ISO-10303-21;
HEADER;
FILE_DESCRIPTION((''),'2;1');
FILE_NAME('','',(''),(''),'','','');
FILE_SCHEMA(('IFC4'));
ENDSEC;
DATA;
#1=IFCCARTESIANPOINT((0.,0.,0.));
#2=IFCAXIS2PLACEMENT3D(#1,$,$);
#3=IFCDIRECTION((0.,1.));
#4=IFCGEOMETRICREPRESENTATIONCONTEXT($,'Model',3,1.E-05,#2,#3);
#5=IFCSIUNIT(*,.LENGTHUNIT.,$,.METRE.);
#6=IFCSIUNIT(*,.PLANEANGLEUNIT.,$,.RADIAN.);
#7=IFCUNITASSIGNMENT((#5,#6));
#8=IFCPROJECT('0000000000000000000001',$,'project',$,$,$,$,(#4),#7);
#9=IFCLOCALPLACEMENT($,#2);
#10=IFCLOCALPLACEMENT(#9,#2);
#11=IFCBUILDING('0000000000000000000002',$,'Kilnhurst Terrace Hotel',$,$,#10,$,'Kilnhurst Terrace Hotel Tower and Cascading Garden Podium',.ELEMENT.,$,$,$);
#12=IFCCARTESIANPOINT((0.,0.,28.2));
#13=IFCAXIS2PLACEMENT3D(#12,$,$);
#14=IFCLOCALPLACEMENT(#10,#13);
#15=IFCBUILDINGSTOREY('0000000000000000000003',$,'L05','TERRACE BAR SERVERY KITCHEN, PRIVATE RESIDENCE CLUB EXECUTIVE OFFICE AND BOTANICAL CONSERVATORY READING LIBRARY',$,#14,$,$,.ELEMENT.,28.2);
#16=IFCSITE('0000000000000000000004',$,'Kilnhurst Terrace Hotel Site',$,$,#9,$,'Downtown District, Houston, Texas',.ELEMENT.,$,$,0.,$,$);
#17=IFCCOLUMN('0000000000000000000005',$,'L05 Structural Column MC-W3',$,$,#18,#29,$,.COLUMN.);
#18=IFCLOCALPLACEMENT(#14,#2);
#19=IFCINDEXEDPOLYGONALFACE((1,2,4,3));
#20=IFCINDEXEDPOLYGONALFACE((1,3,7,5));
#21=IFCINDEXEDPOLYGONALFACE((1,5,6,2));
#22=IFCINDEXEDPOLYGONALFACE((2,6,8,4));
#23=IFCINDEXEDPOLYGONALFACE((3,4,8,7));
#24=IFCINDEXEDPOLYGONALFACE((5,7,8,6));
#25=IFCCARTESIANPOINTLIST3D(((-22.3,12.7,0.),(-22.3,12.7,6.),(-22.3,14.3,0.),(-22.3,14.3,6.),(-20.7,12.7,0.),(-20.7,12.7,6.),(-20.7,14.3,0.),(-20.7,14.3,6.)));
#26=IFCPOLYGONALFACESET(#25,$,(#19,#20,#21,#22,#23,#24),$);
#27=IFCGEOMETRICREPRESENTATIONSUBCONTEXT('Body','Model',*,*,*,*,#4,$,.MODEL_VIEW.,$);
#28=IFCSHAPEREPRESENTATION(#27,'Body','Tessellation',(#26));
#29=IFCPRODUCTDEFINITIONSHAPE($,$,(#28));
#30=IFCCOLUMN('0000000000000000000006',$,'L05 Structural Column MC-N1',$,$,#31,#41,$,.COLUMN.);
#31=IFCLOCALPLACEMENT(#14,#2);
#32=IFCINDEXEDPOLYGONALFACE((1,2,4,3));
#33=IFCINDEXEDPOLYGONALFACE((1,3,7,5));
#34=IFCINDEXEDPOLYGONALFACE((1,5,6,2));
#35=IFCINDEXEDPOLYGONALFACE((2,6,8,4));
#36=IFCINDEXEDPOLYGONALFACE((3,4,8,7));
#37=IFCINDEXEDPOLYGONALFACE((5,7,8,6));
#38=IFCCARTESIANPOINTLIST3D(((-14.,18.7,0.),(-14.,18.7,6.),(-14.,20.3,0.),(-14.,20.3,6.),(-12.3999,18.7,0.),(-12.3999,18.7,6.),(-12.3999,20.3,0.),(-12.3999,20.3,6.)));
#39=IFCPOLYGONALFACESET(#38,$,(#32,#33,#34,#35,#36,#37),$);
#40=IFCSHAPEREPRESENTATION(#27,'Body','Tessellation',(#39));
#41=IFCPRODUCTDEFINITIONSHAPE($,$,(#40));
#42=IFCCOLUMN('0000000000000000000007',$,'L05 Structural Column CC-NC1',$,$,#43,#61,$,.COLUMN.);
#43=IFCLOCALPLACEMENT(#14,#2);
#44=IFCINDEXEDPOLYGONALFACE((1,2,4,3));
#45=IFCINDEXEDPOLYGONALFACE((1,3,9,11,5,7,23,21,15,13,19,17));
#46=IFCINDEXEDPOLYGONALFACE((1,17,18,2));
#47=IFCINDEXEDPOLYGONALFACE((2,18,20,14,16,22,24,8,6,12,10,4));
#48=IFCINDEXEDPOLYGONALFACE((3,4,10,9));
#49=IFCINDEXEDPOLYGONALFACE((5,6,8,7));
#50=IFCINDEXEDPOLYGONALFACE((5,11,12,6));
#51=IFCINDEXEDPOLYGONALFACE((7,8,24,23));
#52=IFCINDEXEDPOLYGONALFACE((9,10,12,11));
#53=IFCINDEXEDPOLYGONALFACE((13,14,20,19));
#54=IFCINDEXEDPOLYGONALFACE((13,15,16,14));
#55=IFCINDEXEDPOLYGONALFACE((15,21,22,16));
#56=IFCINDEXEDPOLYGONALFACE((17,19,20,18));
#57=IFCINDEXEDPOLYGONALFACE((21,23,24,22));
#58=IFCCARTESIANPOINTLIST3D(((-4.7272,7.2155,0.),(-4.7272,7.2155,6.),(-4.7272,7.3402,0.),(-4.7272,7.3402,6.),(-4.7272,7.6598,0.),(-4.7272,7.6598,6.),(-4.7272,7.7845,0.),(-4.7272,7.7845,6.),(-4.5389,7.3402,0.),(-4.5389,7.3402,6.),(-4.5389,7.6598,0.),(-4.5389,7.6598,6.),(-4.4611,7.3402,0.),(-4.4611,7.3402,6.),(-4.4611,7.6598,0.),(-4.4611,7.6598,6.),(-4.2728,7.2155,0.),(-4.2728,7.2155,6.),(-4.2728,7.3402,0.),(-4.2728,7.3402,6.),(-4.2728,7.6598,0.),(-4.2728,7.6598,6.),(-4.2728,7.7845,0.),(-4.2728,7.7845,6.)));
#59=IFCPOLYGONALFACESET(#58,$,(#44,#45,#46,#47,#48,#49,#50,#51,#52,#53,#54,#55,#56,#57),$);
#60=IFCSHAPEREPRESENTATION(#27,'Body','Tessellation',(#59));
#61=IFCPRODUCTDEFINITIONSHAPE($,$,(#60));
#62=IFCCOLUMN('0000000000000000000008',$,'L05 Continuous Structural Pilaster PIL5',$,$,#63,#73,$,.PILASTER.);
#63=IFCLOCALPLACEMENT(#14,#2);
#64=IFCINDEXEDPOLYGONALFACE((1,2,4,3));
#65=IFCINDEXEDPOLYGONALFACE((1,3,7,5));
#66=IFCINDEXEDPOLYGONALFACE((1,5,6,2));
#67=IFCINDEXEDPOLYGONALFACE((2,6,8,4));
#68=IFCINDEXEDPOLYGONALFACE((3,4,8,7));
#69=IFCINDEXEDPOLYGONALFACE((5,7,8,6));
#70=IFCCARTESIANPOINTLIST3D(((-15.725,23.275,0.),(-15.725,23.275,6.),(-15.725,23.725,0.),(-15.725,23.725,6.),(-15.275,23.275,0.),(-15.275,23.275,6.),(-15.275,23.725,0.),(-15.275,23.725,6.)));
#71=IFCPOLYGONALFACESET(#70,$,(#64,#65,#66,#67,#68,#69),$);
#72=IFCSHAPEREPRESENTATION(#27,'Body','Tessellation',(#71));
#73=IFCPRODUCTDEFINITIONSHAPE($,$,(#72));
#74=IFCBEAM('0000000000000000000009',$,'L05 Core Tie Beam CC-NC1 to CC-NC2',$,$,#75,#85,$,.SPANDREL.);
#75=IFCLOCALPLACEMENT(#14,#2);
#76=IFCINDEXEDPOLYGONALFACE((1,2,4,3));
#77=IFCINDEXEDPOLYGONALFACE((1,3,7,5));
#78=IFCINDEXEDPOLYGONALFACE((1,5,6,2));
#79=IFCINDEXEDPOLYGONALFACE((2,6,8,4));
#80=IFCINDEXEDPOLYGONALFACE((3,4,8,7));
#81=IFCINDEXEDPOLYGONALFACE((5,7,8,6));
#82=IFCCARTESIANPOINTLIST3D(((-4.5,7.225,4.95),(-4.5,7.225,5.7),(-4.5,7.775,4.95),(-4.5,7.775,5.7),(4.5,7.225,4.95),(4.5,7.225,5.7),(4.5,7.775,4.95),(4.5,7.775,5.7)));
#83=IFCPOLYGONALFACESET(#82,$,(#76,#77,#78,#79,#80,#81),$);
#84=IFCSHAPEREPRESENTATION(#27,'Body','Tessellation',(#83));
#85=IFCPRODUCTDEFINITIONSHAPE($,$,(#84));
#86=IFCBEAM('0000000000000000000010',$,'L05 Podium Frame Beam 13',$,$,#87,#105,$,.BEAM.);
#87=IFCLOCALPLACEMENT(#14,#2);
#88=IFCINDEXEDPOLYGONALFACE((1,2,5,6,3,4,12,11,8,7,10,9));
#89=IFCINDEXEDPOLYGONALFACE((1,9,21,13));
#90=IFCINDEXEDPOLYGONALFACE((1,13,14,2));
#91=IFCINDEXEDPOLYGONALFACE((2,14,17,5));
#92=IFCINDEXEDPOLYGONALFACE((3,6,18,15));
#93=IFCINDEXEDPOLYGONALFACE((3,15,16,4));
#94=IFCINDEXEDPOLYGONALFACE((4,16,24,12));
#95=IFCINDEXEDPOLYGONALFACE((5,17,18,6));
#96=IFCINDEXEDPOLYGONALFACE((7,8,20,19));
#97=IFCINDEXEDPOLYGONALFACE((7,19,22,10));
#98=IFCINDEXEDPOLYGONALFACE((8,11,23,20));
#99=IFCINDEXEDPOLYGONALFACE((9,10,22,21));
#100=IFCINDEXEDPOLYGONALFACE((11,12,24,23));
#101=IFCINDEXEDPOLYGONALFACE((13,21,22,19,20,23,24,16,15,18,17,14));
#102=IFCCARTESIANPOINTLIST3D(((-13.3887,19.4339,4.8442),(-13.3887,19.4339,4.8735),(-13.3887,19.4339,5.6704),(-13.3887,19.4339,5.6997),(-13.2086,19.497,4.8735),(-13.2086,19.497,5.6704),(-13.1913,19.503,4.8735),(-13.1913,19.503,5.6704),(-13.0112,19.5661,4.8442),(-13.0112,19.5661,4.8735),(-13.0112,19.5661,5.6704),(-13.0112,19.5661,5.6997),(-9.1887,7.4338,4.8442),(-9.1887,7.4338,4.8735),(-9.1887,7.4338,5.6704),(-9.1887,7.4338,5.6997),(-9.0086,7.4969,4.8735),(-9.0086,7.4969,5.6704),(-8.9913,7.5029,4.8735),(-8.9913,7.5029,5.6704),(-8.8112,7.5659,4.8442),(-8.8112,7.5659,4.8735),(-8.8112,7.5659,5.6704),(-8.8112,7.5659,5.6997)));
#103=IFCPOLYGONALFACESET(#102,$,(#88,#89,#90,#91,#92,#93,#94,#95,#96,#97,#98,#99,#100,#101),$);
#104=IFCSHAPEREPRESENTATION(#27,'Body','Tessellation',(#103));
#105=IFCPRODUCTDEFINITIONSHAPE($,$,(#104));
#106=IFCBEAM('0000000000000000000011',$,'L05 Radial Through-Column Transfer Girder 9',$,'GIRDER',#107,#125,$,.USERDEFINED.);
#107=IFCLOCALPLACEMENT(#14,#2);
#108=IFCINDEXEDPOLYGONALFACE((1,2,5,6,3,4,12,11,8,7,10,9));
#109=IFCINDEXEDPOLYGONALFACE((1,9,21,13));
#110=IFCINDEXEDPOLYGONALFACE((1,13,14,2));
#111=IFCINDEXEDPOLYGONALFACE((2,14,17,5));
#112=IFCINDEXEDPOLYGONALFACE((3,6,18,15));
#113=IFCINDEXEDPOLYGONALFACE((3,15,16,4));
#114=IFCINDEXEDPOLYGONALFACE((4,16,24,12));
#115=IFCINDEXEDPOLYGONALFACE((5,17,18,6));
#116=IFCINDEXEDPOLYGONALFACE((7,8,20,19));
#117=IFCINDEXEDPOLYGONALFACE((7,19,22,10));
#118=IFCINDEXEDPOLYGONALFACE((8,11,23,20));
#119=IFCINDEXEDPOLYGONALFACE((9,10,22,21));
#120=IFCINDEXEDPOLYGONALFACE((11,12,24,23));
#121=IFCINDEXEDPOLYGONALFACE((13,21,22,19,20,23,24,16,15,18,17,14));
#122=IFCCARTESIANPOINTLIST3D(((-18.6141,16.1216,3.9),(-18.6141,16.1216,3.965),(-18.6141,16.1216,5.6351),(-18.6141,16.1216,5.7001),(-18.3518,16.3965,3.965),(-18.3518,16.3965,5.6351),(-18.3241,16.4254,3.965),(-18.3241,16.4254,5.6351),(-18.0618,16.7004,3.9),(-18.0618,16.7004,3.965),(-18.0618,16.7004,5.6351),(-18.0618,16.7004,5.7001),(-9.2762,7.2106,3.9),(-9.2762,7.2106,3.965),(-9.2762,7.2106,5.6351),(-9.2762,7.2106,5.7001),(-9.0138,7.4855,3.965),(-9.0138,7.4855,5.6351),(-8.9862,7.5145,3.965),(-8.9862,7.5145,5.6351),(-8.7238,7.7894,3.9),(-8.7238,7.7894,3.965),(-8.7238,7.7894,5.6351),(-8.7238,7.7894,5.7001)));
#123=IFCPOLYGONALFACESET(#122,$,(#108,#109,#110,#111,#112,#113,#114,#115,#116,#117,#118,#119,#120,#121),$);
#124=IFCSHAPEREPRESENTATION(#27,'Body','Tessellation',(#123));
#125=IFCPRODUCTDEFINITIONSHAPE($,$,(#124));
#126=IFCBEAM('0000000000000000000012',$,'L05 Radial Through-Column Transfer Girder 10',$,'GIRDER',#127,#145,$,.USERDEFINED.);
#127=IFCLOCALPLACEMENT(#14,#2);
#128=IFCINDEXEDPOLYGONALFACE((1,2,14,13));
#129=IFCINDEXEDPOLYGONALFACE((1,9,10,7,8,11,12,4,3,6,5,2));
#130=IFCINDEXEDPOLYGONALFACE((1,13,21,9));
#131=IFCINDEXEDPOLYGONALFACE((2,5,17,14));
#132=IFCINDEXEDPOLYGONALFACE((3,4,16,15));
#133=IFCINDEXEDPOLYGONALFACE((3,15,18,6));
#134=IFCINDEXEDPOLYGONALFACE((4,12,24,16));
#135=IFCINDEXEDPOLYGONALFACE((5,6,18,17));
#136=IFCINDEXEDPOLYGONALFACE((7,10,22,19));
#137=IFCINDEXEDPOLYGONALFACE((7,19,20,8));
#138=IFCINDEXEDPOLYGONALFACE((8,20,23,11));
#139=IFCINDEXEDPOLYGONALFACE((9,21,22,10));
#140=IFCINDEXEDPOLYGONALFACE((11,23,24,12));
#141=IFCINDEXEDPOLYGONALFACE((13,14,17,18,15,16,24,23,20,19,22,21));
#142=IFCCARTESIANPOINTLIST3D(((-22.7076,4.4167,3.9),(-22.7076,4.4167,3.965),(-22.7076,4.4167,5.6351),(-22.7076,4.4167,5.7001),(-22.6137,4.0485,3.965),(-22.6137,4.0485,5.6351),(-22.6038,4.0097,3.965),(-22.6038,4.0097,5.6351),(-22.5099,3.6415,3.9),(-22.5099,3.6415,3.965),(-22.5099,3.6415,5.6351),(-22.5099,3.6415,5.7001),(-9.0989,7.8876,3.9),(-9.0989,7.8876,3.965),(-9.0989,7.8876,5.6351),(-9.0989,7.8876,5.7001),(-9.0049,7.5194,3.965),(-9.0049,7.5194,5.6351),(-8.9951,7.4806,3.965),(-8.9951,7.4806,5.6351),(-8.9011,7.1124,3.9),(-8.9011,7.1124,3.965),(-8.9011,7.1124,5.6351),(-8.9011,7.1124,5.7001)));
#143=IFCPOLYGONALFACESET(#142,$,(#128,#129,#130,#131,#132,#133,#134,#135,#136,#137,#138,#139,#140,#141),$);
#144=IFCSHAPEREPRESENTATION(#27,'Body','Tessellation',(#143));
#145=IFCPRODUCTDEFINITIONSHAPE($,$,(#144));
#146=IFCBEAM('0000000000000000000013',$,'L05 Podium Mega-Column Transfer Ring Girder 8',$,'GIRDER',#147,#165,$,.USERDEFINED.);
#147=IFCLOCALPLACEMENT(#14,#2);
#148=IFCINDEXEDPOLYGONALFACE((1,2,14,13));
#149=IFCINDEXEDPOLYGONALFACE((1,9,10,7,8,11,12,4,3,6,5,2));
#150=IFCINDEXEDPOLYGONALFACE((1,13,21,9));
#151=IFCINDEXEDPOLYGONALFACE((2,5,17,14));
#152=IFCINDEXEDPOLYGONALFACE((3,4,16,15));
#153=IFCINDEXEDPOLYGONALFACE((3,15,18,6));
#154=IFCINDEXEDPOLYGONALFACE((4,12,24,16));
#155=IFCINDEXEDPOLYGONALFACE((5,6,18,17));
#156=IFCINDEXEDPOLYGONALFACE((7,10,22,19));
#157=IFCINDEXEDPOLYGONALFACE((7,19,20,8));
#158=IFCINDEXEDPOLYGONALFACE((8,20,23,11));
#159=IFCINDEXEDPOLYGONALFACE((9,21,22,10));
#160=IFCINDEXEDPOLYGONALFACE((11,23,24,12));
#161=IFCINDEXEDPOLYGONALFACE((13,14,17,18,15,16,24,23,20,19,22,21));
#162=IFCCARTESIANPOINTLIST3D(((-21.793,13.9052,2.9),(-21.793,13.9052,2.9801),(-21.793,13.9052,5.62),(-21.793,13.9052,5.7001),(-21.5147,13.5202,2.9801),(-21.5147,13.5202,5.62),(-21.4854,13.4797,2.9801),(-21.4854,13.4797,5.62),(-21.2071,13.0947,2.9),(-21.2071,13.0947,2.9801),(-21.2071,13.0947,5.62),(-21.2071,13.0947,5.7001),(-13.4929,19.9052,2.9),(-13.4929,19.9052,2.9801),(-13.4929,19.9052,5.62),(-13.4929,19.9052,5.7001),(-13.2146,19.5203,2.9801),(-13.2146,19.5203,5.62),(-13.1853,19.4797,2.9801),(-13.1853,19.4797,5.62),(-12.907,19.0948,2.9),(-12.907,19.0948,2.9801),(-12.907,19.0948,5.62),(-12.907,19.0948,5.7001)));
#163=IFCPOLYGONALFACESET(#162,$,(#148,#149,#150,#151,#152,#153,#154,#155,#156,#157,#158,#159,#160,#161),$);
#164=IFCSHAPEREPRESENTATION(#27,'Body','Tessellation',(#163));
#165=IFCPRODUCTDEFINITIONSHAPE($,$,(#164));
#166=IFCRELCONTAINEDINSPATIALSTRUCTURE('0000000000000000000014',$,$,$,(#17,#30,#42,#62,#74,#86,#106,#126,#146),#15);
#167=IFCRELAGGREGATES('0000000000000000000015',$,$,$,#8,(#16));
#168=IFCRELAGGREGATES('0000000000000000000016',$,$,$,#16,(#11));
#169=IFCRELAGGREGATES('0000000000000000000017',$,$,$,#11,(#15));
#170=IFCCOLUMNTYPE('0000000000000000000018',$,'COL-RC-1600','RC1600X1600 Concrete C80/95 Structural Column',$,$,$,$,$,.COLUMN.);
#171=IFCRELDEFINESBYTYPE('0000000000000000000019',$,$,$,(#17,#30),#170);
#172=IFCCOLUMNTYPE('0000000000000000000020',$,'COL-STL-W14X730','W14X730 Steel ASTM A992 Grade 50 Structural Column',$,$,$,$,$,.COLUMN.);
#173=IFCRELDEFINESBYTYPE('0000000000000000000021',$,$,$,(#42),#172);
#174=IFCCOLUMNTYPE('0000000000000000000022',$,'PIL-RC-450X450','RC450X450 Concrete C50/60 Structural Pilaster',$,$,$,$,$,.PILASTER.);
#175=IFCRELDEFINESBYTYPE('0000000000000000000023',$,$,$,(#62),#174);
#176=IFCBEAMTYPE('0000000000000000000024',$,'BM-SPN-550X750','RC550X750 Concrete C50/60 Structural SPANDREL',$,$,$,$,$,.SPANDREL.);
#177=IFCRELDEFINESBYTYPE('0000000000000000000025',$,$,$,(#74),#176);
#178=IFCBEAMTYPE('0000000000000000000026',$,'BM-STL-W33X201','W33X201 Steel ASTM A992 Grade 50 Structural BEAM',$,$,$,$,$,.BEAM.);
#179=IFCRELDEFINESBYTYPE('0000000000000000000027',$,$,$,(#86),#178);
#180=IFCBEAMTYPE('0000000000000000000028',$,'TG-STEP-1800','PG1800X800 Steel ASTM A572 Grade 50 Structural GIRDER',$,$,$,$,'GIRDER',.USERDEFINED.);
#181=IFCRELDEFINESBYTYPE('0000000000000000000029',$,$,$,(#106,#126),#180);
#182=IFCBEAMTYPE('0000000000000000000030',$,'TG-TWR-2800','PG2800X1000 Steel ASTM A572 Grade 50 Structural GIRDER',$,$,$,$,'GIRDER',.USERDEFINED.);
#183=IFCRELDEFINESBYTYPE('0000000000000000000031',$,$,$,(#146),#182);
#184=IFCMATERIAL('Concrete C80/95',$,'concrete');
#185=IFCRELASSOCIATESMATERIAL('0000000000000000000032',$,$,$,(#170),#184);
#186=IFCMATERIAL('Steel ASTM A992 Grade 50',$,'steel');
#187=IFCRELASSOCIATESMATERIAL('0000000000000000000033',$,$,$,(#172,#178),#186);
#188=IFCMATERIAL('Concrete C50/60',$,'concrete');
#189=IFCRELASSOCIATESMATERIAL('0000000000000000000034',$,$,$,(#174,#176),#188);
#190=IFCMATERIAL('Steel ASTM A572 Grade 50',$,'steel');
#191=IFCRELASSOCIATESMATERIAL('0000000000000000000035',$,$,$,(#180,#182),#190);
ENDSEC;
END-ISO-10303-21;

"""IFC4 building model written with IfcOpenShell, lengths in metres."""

from ifc_helpers import new_model, si_unit, direction, frame, origin, origin_2d, place, context, subcontext, project, spatial, rectangle, i_section, extrude, material, material_profile, profile_set, type_object, element, save


model = new_model("IFC4")

# Units and contexts
model_context = context("Model", 3, precision=1e-05, world=origin(), true_north=direction((0.0, 1.0)))
body_context = subcontext(model_context, "Body", "Model", "MODEL_VIEW")
ifc_project = project(units=[si_unit("LENGTHUNIT", "METRE"), si_unit("PLANEANGLEUNIT", "RADIAN")], contexts=[model_context])

# Site, building, storey
site_placement = place(None, origin())
site = spatial("IfcSite", under=ifc_project, at=site_placement, Name="Kilnhurst Terrace Hotel Site", LongName="Downtown District, Houston, Texas", CompositionType="ELEMENT", RefElevation=0.0)
building_placement = place(site_placement, origin())
building = spatial("IfcBuilding", under=site, at=building_placement, Name="Kilnhurst Terrace Hotel", LongName="Kilnhurst Terrace Hotel Tower and Cascading Garden Podium", CompositionType="ELEMENT")
storey_placement = place(building_placement, frame((0.0, 0.0, 28.2)))
storey = spatial("IfcBuildingStorey", under=building, at=storey_placement, Name="L05", Description="TERRACE BAR SERVERY KITCHEN, PRIVATE RESIDENCE CLUB EXECUTIVE OFFICE AND BOTANICAL CONSERVATORY READING LIBRARY", CompositionType="ELEMENT", Elevation=28.2)

# Columns
ifc_material_1 = material(Name="Concrete C80/95", Category="concrete")
ifc_material_profile_1 = material_profile(ifc_material_1, rectangle(XDim=1.6001, YDim=1.6001, at=origin_2d()), Name="RC1600X1600")
ifc_profile_set_1 = profile_set([ifc_material_profile_1], Name="Concrete C80/95")
column_type_1 = type_object("IfcColumnType", Name="COL-RC-1600", Description="RC1600X1600 Concrete C80/95 Structural Column", PredefinedType="COLUMN", material=ifc_profile_set_1)
for number, where, z_axis, x_axis, name in (
    (1, (-21.5, 13.5, 0.0), (0.0, 0.0, 1.0), (1.0, 0.0, 0.0), "L05 Structural Column MC-W3"),
    (2, (-13.2, 19.5, 0.0), (0.0, 0.0, 1.0), (1.0, 0.0, 0.0), "L05 Structural Column MC-N1"),
):
    element("IfcColumn", number, at=place(storey_placement, frame(where, z_axis=z_axis, x_axis=x_axis)), inside=storey, type_object=column_type_1, Name=name, PredefinedType="COLUMN", context=body_context, shape_type="SweptSolid", body=[
        extrude(rectangle(XDim=1.6001, YDim=1.6001, at=origin_2d()), origin(), (0.0, 0.0, 1.0), 6.0),
    ])
ifc_material_2 = material(Name="Steel ASTM A992 Grade 50", Category="steel")
ifc_material_profile_2 = material_profile(ifc_material_2, i_section(OverallWidth=0.4543, OverallDepth=0.5691, WebThickness=0.0779, FlangeThickness=0.1248, at=origin_2d()), Name="W14X730")
ifc_profile_set_2 = profile_set([ifc_material_profile_2], Name="Steel ASTM A992 Grade 50")
column_type_2 = type_object("IfcColumnType", Name="COL-STL-W14X730", Description="W14X730 Steel ASTM A992 Grade 50 Structural Column", PredefinedType="COLUMN", material=ifc_profile_set_2)
column_1_placement = place(storey_placement, frame((-4.5, 7.5, 0.0), z_axis=(0.0, 0.0, 1.0), x_axis=(1.0, 0.0, 0.0)))
element("IfcColumn", 3, at=column_1_placement, inside=storey, type_object=column_type_2, Name="L05 Structural Column CC-NC1", PredefinedType="COLUMN", context=body_context, shape_type="SweptSolid", body=[
    extrude(i_section(OverallWidth=0.4543, OverallDepth=0.5691, WebThickness=0.0779, FlangeThickness=0.1248, at=origin_2d()), origin(), (0.0, 0.0, 1.0), 6.0),
])
ifc_material_3 = material(Name="Concrete C50/60", Category="concrete")
ifc_material_profile_3 = material_profile(ifc_material_3, rectangle(XDim=0.45, YDim=0.45, at=origin_2d()), Name="RC450X450")
ifc_profile_set_3 = profile_set([ifc_material_profile_3], Name="Concrete C50/60")
column_type_3 = type_object("IfcColumnType", Name="PIL-RC-450X450", Description="RC450X450 Concrete C50/60 Structural Pilaster", PredefinedType="PILASTER", material=ifc_profile_set_3)
column_2_placement = place(storey_placement, frame((-15.5, 23.5, 0.0), z_axis=(0.0, 0.0, 1.0), x_axis=(1.0, 0.0, 0.0)))
element("IfcColumn", 4, at=column_2_placement, inside=storey, type_object=column_type_3, Name="L05 Continuous Structural Pilaster PIL5", PredefinedType="PILASTER", context=body_context, shape_type="SweptSolid", body=[
    extrude(rectangle(XDim=0.45, YDim=0.45, at=origin_2d()), origin(), (0.0, 0.0, 1.0), 6.0),
])

# Beams
ifc_material_profile_4 = material_profile(ifc_material_3, rectangle(XDim=0.55, YDim=0.75, at=origin_2d()), Name="RC550X750")
ifc_profile_set_4 = profile_set([ifc_material_profile_4], Name="Concrete C50/60")
beam_type_1 = type_object("IfcBeamType", Name="BM-SPN-550X750", Description="RC550X750 Concrete C50/60 Structural SPANDREL", PredefinedType="SPANDREL", material=ifc_profile_set_4)
beam_1_placement = place(storey_placement, frame((-4.5, 7.5, 5.325), z_axis=(1.0, 0.0, 0.0), x_axis=(0.0, 1.0, 0.0)))
element("IfcBeam", 5, at=beam_1_placement, inside=storey, type_object=beam_type_1, Name="L05 Core Tie Beam CC-NC1 to CC-NC2", PredefinedType="SPANDREL", context=body_context, shape_type="SweptSolid", body=[
    extrude(rectangle(XDim=0.55, YDim=0.75, at=origin_2d()), origin(), (0.0, 0.0, 1.0), 9.0),
])
ifc_material_profile_5 = material_profile(ifc_material_2, i_section(OverallWidth=0.3999, OverallDepth=0.8555, WebThickness=0.0183, FlangeThickness=0.0293, at=origin_2d()), Name="W33X201")
ifc_profile_set_5 = profile_set([ifc_material_profile_5], Name="Steel ASTM A992 Grade 50")
beam_type_2 = type_object("IfcBeamType", Name="BM-STL-W33X201", Description="W33X201 Steel ASTM A992 Grade 50 Structural BEAM", PredefinedType="BEAM", material=ifc_profile_set_5)
beam_2_placement = place(storey_placement, frame((-13.2, 19.5, 5.272), z_axis=(0.330347, -0.94386, 0.0), x_axis=(0.94386, 0.330347, 0.0)))
element("IfcBeam", 6, at=beam_2_placement, inside=storey, type_object=beam_type_2, Name="L05 Podium Frame Beam 13", PredefinedType="BEAM", context=body_context, shape_type="SweptSolid", body=[
    extrude(i_section(OverallWidth=0.3999, OverallDepth=0.8555, WebThickness=0.0183, FlangeThickness=0.0293, at=origin_2d()), origin(), (0.0, 0.0, 1.0), 12.7139),
])
ifc_material_4 = material(Name="Steel ASTM A572 Grade 50", Category="steel")
ifc_material_profile_6 = material_profile(ifc_material_4, i_section(OverallWidth=0.8, OverallDepth=1.8, WebThickness=0.04, FlangeThickness=0.0649, at=origin_2d()), Name="PG1800X800")
ifc_profile_set_6 = profile_set([ifc_material_profile_6], Name="Steel ASTM A572 Grade 50")
beam_type_3 = type_object("IfcBeamType", Name="TG-STEP-1800", Description="PG1800X800 Steel ASTM A572 Grade 50 Structural GIRDER", ElementType="GIRDER", PredefinedType="USERDEFINED", material=ifc_profile_set_6)
beam_3_placement = place(storey_placement, frame((-9.0, 7.5, 4.8), z_axis=(-0.723454, 0.690372, 0.0), x_axis=(-0.690372, -0.723454, 0.0)))
element("IfcBeam", 7, at=beam_3_placement, inside=storey, type_object=beam_type_3, Name="L05 Radial Through-Column Transfer Girder 9", ObjectType="GIRDER", PredefinedType="USERDEFINED", context=body_context, shape_type="SweptSolid", body=[
    extrude(i_section(OverallWidth=0.8, OverallDepth=1.8, WebThickness=0.04, FlangeThickness=0.0649, at=origin_2d()), origin(), (0.0, 0.0, 1.0), 12.9075),
])
beam_4_placement = place(storey_placement, frame((-9.0, 7.5, 4.8), z_axis=(-0.96898, -0.247138, 0.0), x_axis=(0.247138, -0.96898, 0.0)))
element("IfcBeam", 8, at=beam_4_placement, inside=storey, type_object=beam_type_3, Name="L05 Radial Through-Column Transfer Girder 10", ObjectType="GIRDER", PredefinedType="USERDEFINED", context=body_context, shape_type="SweptSolid", body=[
    extrude(i_section(OverallWidth=0.8, OverallDepth=1.8, WebThickness=0.04, FlangeThickness=0.0649, at=origin_2d()), origin(), (0.0, 0.0, 1.0), 14.0444),
])
ifc_material_profile_7 = material_profile(ifc_material_4, i_section(OverallWidth=1.0, OverallDepth=2.8, WebThickness=0.05, FlangeThickness=0.0801, at=origin_2d()), Name="PG2800X1000")
ifc_profile_set_7 = profile_set([ifc_material_profile_7], Name="Steel ASTM A572 Grade 50")
beam_type_4 = type_object("IfcBeamType", Name="TG-TWR-2800", Description="PG2800X1000 Steel ASTM A572 Grade 50 Structural GIRDER", ElementType="GIRDER", PredefinedType="USERDEFINED", material=ifc_profile_set_7)
beam_5_placement = place(storey_placement, frame((-13.2, 19.5, 4.3), z_axis=(-0.810423, -0.585845, 0.0), x_axis=(0.585845, -0.810423, 0.0)))
element("IfcBeam", 9, at=beam_5_placement, inside=storey, type_object=beam_type_4, Name="L05 Podium Mega-Column Transfer Ring Girder 8", ObjectType="GIRDER", PredefinedType="USERDEFINED", context=body_context, shape_type="SweptSolid", body=[
    extrude(i_section(OverallWidth=1.0, OverallDepth=2.8, WebThickness=0.05, FlangeThickness=0.0801, at=origin_2d()), origin(), (0.0, 0.0, 1.0), 10.2417),
])

save(model, "model.ifc")
